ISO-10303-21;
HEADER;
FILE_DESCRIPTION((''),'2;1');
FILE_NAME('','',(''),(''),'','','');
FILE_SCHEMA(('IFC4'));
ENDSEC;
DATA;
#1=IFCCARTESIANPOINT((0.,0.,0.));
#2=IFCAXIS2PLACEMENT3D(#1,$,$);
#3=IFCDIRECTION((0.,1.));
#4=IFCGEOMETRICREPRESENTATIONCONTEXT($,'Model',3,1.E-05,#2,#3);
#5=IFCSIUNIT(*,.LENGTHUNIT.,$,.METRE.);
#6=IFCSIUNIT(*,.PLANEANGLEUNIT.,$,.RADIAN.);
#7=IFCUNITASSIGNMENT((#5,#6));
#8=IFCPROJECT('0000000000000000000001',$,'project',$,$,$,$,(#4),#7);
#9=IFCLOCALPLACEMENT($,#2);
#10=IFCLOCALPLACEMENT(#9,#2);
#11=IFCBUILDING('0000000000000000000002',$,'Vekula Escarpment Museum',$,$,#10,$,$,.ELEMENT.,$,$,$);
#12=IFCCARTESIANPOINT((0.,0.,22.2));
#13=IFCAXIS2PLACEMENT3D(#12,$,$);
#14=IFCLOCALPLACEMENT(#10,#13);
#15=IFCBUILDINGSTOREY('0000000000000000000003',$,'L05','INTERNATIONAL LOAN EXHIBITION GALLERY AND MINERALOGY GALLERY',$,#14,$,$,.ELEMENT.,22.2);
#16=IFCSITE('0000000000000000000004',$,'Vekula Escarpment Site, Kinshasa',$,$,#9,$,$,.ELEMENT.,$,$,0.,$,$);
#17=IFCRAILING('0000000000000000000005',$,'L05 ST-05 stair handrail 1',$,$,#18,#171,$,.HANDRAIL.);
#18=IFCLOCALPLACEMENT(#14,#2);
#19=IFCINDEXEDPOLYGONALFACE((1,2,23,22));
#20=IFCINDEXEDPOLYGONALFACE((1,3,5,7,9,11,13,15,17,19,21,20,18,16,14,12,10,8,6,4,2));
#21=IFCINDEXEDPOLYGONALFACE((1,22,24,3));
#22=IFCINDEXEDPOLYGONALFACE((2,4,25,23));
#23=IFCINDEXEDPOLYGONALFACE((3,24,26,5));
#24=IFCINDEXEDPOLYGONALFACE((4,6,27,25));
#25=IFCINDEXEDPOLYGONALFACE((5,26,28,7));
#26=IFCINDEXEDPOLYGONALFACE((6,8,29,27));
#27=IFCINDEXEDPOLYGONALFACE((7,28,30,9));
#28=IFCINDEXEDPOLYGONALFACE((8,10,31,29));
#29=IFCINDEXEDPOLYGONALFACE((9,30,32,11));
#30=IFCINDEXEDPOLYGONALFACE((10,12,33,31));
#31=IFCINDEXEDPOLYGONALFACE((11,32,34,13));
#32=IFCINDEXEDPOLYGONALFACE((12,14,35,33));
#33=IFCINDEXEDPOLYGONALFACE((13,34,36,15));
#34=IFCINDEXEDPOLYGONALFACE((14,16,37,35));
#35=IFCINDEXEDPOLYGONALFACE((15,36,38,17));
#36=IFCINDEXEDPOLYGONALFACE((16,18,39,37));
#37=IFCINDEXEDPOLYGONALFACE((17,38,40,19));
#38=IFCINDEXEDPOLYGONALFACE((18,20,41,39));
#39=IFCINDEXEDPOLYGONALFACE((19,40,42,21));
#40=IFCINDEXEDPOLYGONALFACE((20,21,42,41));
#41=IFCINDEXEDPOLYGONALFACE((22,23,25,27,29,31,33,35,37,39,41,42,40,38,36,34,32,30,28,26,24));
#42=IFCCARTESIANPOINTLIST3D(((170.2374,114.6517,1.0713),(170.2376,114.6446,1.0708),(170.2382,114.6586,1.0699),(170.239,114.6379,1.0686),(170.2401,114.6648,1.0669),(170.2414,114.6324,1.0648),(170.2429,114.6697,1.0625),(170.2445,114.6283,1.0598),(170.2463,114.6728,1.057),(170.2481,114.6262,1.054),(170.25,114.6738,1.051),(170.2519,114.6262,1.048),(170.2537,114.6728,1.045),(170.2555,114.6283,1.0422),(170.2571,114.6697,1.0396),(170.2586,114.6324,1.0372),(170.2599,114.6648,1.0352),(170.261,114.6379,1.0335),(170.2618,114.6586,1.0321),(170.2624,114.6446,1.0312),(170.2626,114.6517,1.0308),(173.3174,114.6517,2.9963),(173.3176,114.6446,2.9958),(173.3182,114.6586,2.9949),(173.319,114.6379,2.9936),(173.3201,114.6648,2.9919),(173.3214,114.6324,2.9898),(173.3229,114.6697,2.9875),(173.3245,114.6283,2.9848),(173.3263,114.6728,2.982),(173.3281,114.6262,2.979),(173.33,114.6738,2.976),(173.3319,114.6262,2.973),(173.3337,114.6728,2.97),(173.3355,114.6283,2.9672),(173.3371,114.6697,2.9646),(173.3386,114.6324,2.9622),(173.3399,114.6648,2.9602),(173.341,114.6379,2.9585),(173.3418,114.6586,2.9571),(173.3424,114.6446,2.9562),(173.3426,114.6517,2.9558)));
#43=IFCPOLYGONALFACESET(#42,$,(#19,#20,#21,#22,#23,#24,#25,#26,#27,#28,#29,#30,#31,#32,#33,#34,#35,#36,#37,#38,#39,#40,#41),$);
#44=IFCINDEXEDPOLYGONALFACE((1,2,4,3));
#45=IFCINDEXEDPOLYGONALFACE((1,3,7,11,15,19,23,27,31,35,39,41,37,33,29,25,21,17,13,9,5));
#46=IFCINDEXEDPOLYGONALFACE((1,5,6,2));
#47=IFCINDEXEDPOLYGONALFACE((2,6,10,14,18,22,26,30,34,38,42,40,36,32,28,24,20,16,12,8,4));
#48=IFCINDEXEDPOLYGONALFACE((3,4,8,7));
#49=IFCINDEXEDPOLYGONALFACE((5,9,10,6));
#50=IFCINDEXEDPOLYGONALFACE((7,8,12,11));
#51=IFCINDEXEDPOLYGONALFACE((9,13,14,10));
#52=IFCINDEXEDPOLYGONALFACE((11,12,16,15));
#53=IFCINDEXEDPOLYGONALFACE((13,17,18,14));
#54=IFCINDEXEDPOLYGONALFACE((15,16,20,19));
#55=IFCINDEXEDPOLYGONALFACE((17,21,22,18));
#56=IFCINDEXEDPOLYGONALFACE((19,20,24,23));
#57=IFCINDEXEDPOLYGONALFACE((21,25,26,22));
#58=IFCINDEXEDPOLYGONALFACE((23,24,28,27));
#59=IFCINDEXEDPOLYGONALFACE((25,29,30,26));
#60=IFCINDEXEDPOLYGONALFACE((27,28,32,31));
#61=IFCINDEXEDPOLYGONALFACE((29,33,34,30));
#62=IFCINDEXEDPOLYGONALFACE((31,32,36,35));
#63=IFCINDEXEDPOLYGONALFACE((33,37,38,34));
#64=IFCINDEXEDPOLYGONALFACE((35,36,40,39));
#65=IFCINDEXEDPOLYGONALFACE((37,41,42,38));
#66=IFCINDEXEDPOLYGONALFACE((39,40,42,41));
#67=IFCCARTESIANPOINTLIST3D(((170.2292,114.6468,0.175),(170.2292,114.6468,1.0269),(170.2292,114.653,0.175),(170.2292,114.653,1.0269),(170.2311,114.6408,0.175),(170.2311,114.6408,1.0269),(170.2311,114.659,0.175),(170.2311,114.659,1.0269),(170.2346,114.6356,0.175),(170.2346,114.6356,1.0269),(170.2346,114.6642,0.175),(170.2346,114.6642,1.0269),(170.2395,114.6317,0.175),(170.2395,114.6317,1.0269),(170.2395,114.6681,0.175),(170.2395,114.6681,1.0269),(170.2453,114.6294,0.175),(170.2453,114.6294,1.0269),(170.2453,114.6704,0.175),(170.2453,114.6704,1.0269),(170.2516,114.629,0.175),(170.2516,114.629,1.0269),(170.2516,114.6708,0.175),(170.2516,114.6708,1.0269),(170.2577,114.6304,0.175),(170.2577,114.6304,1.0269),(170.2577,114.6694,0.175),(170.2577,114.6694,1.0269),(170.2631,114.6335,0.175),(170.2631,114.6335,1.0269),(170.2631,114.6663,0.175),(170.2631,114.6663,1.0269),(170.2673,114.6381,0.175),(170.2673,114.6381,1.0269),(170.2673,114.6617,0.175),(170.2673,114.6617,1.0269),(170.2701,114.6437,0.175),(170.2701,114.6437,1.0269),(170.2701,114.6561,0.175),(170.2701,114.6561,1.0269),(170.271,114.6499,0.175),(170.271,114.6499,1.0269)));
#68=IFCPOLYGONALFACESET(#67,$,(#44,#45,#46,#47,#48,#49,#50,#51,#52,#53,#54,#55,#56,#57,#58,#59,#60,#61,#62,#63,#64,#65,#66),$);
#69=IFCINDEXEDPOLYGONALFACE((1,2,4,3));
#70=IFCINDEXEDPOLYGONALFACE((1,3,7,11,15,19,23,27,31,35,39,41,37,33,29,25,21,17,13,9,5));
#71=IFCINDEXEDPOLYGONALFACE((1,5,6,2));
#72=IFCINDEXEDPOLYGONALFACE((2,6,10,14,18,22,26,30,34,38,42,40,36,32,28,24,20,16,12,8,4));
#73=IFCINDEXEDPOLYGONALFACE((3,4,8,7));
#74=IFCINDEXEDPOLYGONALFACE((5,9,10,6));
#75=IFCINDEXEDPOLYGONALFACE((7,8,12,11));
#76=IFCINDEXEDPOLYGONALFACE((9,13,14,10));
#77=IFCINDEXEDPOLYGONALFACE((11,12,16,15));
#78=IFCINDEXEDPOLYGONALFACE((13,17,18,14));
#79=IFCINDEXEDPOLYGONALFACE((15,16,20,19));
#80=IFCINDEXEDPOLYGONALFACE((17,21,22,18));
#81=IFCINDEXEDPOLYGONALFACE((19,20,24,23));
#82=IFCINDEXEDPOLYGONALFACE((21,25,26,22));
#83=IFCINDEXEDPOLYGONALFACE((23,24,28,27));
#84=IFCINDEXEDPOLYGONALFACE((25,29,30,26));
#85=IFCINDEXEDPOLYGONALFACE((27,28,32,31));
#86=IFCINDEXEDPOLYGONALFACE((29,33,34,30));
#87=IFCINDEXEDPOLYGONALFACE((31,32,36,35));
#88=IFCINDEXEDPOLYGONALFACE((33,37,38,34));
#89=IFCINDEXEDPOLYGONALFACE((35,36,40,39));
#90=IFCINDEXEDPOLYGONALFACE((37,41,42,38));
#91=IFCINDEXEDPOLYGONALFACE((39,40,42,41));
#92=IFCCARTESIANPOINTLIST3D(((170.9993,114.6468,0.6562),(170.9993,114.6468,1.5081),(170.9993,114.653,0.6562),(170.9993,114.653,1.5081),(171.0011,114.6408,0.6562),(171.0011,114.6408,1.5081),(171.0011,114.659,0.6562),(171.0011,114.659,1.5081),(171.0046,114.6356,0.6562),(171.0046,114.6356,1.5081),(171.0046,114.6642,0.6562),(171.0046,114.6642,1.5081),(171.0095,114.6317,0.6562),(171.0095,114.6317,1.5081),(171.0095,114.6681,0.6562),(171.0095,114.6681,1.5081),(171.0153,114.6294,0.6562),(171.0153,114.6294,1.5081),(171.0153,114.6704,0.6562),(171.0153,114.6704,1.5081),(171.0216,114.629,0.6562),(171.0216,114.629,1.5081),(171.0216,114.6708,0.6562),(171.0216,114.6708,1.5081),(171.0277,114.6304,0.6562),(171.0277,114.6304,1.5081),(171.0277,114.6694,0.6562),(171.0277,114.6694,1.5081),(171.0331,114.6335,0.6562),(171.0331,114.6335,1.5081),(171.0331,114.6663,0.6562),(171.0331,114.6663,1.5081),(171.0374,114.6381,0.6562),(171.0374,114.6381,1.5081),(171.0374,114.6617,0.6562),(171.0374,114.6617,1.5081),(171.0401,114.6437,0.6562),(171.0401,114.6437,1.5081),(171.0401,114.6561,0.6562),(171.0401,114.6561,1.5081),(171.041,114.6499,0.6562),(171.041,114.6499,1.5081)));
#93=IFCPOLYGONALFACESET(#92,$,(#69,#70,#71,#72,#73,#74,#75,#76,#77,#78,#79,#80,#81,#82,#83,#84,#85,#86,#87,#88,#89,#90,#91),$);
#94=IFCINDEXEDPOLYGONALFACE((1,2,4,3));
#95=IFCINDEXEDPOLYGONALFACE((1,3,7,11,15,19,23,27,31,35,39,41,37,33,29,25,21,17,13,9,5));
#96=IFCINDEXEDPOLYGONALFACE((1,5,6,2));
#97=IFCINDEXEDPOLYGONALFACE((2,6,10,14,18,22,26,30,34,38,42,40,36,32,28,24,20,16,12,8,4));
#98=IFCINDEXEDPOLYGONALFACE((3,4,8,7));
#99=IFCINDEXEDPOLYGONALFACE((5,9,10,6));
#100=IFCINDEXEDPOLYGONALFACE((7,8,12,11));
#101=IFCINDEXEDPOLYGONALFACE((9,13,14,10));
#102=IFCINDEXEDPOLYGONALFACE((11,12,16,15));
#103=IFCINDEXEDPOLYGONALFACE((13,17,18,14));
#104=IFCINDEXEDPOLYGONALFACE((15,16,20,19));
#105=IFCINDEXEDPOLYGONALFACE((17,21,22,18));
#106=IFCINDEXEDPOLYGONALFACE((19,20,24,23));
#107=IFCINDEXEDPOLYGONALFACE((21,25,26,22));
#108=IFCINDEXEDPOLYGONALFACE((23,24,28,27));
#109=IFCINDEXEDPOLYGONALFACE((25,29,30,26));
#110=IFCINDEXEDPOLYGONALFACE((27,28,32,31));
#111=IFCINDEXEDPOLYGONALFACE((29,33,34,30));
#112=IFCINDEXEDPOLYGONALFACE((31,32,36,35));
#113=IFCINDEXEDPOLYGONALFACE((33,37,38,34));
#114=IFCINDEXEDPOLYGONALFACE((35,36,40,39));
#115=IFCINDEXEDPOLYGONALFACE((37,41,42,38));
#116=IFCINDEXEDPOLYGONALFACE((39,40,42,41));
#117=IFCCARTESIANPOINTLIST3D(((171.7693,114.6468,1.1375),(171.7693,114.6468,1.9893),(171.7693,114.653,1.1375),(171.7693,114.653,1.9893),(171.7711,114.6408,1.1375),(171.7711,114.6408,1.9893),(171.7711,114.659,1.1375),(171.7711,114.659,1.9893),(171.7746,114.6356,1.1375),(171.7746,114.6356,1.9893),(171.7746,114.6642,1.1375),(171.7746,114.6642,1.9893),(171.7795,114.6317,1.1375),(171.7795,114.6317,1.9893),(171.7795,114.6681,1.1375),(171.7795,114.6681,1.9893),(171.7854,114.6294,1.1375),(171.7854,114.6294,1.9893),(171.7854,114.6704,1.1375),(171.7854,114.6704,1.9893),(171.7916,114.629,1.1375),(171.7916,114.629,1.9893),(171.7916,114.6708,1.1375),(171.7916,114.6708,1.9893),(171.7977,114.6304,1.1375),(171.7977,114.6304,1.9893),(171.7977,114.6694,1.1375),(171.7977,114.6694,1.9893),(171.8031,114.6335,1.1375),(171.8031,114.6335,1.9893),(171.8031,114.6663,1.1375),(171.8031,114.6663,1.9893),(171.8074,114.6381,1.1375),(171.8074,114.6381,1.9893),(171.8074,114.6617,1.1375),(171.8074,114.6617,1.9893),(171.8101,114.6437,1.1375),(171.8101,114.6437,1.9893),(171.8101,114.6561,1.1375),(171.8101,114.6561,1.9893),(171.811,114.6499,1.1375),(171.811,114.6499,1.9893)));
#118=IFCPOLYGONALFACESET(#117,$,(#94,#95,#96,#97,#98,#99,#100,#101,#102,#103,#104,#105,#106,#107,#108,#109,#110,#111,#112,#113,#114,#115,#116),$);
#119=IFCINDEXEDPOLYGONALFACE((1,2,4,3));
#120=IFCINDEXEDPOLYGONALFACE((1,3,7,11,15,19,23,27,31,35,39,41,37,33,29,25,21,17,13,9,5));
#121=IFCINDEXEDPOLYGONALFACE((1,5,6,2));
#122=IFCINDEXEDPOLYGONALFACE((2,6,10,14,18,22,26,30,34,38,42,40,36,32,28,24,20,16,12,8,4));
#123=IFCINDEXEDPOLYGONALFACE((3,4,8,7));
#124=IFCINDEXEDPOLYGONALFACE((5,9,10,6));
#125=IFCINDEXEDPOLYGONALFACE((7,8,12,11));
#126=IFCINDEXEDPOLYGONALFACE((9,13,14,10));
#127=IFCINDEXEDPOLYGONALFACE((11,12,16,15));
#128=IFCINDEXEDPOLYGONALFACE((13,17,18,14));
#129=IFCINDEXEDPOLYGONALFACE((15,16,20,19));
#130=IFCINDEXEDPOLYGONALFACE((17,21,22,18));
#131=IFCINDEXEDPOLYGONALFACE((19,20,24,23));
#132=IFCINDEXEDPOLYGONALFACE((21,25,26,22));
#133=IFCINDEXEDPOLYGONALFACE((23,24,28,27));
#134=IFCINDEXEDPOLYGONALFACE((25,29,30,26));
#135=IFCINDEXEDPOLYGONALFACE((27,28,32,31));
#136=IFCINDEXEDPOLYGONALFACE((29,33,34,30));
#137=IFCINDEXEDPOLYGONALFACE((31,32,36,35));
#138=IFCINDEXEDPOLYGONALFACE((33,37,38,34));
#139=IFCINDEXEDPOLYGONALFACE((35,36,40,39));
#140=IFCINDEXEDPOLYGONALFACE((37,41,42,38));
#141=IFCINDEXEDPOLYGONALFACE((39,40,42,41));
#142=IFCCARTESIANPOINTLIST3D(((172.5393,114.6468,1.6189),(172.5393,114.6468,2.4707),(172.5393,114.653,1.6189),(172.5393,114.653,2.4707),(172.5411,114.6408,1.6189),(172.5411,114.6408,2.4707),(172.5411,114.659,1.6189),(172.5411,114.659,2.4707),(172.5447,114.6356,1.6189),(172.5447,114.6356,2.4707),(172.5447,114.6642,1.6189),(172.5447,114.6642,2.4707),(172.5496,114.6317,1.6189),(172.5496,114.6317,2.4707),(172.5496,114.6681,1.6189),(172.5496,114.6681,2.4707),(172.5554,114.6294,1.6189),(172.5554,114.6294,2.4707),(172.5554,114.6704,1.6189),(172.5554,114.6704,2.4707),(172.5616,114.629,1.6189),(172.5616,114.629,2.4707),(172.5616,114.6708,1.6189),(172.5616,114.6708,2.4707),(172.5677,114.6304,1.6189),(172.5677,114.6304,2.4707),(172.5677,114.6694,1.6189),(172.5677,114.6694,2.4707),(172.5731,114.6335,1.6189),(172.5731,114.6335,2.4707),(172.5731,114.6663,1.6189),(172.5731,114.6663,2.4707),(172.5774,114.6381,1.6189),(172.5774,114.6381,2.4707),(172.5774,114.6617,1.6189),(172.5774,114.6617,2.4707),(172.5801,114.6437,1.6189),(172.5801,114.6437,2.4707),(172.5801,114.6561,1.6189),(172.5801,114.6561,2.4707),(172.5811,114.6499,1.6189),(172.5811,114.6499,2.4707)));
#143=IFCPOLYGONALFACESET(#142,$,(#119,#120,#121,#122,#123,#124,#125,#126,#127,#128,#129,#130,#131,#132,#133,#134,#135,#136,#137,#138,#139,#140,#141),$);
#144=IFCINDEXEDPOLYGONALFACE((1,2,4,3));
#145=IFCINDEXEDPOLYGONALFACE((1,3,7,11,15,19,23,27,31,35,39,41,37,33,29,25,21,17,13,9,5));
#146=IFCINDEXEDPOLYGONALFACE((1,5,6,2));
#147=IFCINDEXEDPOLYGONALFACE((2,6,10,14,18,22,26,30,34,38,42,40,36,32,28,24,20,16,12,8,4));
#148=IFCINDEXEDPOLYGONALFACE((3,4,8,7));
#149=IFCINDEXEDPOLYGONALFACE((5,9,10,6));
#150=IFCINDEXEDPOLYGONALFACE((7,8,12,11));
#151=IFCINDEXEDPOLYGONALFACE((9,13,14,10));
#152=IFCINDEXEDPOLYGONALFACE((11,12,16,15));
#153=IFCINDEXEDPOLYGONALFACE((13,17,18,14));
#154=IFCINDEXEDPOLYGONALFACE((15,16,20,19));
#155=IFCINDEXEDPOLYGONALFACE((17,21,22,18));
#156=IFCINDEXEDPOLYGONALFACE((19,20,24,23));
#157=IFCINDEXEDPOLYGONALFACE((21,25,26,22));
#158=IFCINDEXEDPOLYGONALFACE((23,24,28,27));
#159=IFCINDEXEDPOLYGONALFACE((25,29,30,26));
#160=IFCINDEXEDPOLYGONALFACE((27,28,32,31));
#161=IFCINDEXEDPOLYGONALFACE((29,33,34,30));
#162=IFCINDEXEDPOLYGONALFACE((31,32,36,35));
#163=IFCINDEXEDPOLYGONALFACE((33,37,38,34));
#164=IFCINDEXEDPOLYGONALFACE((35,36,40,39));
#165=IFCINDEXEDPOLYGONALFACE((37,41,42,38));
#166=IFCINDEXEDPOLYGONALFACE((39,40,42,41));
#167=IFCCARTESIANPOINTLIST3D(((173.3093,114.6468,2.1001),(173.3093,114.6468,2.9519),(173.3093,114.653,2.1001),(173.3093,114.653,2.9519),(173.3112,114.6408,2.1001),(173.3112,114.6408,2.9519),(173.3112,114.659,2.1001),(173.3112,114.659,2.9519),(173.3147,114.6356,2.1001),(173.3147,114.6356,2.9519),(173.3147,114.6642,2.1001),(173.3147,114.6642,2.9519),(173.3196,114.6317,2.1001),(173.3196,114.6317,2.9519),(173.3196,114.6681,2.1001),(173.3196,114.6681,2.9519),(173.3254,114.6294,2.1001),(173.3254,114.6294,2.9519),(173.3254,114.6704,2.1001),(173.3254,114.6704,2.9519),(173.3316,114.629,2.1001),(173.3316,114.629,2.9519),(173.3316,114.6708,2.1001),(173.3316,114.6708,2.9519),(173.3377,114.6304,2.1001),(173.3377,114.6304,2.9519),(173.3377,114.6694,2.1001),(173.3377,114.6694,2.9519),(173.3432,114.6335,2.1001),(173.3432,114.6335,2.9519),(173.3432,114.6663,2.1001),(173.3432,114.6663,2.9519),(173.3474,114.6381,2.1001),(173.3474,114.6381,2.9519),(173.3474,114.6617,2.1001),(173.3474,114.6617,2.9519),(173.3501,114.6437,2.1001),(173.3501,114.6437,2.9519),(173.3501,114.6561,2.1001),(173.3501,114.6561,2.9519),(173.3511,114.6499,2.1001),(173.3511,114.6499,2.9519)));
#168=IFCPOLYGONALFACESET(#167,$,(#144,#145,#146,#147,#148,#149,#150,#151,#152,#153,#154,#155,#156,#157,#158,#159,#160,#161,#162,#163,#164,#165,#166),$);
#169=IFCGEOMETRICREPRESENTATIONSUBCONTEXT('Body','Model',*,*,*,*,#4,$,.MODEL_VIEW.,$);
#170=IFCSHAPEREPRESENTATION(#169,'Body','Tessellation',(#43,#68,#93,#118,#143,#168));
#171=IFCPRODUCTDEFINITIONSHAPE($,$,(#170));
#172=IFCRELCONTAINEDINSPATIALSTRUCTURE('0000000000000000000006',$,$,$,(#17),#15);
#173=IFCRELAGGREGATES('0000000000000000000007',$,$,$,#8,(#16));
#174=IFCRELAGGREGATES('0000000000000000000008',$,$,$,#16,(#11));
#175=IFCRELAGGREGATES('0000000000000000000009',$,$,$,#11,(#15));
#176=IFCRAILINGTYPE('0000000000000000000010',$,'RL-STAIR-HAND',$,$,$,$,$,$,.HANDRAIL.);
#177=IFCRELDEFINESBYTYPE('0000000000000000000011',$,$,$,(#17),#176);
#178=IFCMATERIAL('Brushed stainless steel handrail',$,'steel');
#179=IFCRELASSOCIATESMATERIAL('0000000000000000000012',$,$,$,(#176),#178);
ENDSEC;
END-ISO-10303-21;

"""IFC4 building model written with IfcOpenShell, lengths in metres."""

from ifc_helpers import new_model, si_unit, direction, frame, origin, origin_2d, place, context, subcontext, project, spatial, circle, extrude, material, type_object, element, save


model = new_model("IFC4")

# Units and contexts
model_context = context("Model", 3, precision=1e-05, world=origin(), true_north=direction((0.0, 1.0)))
body_context = subcontext(model_context, "Body", "Model", "MODEL_VIEW")
ifc_project = project(units=[si_unit("LENGTHUNIT", "METRE"), si_unit("PLANEANGLEUNIT", "RADIAN")], contexts=[model_context])

# Site, building, storey
site_placement = place(None, origin())
site = spatial("IfcSite", under=ifc_project, at=site_placement, Name="Vekula Escarpment Site, Kinshasa", CompositionType="ELEMENT", RefElevation=0.0)
building_placement = place(site_placement, origin())
building = spatial("IfcBuilding", under=site, at=building_placement, Name="Vekula Escarpment Museum", CompositionType="ELEMENT")
storey_placement = place(building_placement, frame((0.0, 0.0, 22.2)))
storey = spatial("IfcBuildingStorey", under=building, at=storey_placement, Name="L05", Description="INTERNATIONAL LOAN EXHIBITION GALLERY AND MINERALOGY GALLERY", CompositionType="ELEMENT", Elevation=22.2)

# Railing
ifc_material_1 = material(Name="Brushed stainless steel handrail", Category="steel")
railing_type_1 = type_object("IfcRailingType", Name="RL-STAIR-HAND", PredefinedType="HANDRAIL", material=ifc_material_1)
railing_1_placement = place(storey_placement, frame((170.25, 114.6499, 0.175)))
element("IfcRailing", 1, at=railing_1_placement, inside=storey, type_object=railing_type_1, Name="L05 ST-05 stair handrail 1", PredefinedType="HANDRAIL", context=body_context, shape_type="SweptSolid", body=[
    extrude(circle(Radius=0.0239, at=origin_2d()), frame((0.0, 0.0, 0.876), z_axis=(0.847998, 0.0, 0.529999), x_axis=(0.0, 1.0, 0.0)), (0.0, 0.0, 1.0), 3.6321),
    extrude(circle(Radius=0.021, at=origin_2d()), origin(), (0.0, 0.0, 1.0), 0.8518),
    extrude(circle(Radius=0.021, at=origin_2d()), frame((0.77, 0.0, 0.4812)), (0.0, 0.0, 1.0), 0.8518),
    extrude(circle(Radius=0.021, at=origin_2d()), frame((1.54, 0.0, 0.9624)), (0.0, 0.0, 1.0), 0.8518),
    extrude(circle(Radius=0.021, at=origin_2d()), frame((2.3101, 0.0, 1.4438)), (0.0, 0.0, 1.0), 0.8518),
    extrude(circle(Radius=0.021, at=origin_2d()), frame((3.0801, 0.0, 1.925)), (0.0, 0.0, 1.0), 0.8518),
])

save(model, "model.ifc")
